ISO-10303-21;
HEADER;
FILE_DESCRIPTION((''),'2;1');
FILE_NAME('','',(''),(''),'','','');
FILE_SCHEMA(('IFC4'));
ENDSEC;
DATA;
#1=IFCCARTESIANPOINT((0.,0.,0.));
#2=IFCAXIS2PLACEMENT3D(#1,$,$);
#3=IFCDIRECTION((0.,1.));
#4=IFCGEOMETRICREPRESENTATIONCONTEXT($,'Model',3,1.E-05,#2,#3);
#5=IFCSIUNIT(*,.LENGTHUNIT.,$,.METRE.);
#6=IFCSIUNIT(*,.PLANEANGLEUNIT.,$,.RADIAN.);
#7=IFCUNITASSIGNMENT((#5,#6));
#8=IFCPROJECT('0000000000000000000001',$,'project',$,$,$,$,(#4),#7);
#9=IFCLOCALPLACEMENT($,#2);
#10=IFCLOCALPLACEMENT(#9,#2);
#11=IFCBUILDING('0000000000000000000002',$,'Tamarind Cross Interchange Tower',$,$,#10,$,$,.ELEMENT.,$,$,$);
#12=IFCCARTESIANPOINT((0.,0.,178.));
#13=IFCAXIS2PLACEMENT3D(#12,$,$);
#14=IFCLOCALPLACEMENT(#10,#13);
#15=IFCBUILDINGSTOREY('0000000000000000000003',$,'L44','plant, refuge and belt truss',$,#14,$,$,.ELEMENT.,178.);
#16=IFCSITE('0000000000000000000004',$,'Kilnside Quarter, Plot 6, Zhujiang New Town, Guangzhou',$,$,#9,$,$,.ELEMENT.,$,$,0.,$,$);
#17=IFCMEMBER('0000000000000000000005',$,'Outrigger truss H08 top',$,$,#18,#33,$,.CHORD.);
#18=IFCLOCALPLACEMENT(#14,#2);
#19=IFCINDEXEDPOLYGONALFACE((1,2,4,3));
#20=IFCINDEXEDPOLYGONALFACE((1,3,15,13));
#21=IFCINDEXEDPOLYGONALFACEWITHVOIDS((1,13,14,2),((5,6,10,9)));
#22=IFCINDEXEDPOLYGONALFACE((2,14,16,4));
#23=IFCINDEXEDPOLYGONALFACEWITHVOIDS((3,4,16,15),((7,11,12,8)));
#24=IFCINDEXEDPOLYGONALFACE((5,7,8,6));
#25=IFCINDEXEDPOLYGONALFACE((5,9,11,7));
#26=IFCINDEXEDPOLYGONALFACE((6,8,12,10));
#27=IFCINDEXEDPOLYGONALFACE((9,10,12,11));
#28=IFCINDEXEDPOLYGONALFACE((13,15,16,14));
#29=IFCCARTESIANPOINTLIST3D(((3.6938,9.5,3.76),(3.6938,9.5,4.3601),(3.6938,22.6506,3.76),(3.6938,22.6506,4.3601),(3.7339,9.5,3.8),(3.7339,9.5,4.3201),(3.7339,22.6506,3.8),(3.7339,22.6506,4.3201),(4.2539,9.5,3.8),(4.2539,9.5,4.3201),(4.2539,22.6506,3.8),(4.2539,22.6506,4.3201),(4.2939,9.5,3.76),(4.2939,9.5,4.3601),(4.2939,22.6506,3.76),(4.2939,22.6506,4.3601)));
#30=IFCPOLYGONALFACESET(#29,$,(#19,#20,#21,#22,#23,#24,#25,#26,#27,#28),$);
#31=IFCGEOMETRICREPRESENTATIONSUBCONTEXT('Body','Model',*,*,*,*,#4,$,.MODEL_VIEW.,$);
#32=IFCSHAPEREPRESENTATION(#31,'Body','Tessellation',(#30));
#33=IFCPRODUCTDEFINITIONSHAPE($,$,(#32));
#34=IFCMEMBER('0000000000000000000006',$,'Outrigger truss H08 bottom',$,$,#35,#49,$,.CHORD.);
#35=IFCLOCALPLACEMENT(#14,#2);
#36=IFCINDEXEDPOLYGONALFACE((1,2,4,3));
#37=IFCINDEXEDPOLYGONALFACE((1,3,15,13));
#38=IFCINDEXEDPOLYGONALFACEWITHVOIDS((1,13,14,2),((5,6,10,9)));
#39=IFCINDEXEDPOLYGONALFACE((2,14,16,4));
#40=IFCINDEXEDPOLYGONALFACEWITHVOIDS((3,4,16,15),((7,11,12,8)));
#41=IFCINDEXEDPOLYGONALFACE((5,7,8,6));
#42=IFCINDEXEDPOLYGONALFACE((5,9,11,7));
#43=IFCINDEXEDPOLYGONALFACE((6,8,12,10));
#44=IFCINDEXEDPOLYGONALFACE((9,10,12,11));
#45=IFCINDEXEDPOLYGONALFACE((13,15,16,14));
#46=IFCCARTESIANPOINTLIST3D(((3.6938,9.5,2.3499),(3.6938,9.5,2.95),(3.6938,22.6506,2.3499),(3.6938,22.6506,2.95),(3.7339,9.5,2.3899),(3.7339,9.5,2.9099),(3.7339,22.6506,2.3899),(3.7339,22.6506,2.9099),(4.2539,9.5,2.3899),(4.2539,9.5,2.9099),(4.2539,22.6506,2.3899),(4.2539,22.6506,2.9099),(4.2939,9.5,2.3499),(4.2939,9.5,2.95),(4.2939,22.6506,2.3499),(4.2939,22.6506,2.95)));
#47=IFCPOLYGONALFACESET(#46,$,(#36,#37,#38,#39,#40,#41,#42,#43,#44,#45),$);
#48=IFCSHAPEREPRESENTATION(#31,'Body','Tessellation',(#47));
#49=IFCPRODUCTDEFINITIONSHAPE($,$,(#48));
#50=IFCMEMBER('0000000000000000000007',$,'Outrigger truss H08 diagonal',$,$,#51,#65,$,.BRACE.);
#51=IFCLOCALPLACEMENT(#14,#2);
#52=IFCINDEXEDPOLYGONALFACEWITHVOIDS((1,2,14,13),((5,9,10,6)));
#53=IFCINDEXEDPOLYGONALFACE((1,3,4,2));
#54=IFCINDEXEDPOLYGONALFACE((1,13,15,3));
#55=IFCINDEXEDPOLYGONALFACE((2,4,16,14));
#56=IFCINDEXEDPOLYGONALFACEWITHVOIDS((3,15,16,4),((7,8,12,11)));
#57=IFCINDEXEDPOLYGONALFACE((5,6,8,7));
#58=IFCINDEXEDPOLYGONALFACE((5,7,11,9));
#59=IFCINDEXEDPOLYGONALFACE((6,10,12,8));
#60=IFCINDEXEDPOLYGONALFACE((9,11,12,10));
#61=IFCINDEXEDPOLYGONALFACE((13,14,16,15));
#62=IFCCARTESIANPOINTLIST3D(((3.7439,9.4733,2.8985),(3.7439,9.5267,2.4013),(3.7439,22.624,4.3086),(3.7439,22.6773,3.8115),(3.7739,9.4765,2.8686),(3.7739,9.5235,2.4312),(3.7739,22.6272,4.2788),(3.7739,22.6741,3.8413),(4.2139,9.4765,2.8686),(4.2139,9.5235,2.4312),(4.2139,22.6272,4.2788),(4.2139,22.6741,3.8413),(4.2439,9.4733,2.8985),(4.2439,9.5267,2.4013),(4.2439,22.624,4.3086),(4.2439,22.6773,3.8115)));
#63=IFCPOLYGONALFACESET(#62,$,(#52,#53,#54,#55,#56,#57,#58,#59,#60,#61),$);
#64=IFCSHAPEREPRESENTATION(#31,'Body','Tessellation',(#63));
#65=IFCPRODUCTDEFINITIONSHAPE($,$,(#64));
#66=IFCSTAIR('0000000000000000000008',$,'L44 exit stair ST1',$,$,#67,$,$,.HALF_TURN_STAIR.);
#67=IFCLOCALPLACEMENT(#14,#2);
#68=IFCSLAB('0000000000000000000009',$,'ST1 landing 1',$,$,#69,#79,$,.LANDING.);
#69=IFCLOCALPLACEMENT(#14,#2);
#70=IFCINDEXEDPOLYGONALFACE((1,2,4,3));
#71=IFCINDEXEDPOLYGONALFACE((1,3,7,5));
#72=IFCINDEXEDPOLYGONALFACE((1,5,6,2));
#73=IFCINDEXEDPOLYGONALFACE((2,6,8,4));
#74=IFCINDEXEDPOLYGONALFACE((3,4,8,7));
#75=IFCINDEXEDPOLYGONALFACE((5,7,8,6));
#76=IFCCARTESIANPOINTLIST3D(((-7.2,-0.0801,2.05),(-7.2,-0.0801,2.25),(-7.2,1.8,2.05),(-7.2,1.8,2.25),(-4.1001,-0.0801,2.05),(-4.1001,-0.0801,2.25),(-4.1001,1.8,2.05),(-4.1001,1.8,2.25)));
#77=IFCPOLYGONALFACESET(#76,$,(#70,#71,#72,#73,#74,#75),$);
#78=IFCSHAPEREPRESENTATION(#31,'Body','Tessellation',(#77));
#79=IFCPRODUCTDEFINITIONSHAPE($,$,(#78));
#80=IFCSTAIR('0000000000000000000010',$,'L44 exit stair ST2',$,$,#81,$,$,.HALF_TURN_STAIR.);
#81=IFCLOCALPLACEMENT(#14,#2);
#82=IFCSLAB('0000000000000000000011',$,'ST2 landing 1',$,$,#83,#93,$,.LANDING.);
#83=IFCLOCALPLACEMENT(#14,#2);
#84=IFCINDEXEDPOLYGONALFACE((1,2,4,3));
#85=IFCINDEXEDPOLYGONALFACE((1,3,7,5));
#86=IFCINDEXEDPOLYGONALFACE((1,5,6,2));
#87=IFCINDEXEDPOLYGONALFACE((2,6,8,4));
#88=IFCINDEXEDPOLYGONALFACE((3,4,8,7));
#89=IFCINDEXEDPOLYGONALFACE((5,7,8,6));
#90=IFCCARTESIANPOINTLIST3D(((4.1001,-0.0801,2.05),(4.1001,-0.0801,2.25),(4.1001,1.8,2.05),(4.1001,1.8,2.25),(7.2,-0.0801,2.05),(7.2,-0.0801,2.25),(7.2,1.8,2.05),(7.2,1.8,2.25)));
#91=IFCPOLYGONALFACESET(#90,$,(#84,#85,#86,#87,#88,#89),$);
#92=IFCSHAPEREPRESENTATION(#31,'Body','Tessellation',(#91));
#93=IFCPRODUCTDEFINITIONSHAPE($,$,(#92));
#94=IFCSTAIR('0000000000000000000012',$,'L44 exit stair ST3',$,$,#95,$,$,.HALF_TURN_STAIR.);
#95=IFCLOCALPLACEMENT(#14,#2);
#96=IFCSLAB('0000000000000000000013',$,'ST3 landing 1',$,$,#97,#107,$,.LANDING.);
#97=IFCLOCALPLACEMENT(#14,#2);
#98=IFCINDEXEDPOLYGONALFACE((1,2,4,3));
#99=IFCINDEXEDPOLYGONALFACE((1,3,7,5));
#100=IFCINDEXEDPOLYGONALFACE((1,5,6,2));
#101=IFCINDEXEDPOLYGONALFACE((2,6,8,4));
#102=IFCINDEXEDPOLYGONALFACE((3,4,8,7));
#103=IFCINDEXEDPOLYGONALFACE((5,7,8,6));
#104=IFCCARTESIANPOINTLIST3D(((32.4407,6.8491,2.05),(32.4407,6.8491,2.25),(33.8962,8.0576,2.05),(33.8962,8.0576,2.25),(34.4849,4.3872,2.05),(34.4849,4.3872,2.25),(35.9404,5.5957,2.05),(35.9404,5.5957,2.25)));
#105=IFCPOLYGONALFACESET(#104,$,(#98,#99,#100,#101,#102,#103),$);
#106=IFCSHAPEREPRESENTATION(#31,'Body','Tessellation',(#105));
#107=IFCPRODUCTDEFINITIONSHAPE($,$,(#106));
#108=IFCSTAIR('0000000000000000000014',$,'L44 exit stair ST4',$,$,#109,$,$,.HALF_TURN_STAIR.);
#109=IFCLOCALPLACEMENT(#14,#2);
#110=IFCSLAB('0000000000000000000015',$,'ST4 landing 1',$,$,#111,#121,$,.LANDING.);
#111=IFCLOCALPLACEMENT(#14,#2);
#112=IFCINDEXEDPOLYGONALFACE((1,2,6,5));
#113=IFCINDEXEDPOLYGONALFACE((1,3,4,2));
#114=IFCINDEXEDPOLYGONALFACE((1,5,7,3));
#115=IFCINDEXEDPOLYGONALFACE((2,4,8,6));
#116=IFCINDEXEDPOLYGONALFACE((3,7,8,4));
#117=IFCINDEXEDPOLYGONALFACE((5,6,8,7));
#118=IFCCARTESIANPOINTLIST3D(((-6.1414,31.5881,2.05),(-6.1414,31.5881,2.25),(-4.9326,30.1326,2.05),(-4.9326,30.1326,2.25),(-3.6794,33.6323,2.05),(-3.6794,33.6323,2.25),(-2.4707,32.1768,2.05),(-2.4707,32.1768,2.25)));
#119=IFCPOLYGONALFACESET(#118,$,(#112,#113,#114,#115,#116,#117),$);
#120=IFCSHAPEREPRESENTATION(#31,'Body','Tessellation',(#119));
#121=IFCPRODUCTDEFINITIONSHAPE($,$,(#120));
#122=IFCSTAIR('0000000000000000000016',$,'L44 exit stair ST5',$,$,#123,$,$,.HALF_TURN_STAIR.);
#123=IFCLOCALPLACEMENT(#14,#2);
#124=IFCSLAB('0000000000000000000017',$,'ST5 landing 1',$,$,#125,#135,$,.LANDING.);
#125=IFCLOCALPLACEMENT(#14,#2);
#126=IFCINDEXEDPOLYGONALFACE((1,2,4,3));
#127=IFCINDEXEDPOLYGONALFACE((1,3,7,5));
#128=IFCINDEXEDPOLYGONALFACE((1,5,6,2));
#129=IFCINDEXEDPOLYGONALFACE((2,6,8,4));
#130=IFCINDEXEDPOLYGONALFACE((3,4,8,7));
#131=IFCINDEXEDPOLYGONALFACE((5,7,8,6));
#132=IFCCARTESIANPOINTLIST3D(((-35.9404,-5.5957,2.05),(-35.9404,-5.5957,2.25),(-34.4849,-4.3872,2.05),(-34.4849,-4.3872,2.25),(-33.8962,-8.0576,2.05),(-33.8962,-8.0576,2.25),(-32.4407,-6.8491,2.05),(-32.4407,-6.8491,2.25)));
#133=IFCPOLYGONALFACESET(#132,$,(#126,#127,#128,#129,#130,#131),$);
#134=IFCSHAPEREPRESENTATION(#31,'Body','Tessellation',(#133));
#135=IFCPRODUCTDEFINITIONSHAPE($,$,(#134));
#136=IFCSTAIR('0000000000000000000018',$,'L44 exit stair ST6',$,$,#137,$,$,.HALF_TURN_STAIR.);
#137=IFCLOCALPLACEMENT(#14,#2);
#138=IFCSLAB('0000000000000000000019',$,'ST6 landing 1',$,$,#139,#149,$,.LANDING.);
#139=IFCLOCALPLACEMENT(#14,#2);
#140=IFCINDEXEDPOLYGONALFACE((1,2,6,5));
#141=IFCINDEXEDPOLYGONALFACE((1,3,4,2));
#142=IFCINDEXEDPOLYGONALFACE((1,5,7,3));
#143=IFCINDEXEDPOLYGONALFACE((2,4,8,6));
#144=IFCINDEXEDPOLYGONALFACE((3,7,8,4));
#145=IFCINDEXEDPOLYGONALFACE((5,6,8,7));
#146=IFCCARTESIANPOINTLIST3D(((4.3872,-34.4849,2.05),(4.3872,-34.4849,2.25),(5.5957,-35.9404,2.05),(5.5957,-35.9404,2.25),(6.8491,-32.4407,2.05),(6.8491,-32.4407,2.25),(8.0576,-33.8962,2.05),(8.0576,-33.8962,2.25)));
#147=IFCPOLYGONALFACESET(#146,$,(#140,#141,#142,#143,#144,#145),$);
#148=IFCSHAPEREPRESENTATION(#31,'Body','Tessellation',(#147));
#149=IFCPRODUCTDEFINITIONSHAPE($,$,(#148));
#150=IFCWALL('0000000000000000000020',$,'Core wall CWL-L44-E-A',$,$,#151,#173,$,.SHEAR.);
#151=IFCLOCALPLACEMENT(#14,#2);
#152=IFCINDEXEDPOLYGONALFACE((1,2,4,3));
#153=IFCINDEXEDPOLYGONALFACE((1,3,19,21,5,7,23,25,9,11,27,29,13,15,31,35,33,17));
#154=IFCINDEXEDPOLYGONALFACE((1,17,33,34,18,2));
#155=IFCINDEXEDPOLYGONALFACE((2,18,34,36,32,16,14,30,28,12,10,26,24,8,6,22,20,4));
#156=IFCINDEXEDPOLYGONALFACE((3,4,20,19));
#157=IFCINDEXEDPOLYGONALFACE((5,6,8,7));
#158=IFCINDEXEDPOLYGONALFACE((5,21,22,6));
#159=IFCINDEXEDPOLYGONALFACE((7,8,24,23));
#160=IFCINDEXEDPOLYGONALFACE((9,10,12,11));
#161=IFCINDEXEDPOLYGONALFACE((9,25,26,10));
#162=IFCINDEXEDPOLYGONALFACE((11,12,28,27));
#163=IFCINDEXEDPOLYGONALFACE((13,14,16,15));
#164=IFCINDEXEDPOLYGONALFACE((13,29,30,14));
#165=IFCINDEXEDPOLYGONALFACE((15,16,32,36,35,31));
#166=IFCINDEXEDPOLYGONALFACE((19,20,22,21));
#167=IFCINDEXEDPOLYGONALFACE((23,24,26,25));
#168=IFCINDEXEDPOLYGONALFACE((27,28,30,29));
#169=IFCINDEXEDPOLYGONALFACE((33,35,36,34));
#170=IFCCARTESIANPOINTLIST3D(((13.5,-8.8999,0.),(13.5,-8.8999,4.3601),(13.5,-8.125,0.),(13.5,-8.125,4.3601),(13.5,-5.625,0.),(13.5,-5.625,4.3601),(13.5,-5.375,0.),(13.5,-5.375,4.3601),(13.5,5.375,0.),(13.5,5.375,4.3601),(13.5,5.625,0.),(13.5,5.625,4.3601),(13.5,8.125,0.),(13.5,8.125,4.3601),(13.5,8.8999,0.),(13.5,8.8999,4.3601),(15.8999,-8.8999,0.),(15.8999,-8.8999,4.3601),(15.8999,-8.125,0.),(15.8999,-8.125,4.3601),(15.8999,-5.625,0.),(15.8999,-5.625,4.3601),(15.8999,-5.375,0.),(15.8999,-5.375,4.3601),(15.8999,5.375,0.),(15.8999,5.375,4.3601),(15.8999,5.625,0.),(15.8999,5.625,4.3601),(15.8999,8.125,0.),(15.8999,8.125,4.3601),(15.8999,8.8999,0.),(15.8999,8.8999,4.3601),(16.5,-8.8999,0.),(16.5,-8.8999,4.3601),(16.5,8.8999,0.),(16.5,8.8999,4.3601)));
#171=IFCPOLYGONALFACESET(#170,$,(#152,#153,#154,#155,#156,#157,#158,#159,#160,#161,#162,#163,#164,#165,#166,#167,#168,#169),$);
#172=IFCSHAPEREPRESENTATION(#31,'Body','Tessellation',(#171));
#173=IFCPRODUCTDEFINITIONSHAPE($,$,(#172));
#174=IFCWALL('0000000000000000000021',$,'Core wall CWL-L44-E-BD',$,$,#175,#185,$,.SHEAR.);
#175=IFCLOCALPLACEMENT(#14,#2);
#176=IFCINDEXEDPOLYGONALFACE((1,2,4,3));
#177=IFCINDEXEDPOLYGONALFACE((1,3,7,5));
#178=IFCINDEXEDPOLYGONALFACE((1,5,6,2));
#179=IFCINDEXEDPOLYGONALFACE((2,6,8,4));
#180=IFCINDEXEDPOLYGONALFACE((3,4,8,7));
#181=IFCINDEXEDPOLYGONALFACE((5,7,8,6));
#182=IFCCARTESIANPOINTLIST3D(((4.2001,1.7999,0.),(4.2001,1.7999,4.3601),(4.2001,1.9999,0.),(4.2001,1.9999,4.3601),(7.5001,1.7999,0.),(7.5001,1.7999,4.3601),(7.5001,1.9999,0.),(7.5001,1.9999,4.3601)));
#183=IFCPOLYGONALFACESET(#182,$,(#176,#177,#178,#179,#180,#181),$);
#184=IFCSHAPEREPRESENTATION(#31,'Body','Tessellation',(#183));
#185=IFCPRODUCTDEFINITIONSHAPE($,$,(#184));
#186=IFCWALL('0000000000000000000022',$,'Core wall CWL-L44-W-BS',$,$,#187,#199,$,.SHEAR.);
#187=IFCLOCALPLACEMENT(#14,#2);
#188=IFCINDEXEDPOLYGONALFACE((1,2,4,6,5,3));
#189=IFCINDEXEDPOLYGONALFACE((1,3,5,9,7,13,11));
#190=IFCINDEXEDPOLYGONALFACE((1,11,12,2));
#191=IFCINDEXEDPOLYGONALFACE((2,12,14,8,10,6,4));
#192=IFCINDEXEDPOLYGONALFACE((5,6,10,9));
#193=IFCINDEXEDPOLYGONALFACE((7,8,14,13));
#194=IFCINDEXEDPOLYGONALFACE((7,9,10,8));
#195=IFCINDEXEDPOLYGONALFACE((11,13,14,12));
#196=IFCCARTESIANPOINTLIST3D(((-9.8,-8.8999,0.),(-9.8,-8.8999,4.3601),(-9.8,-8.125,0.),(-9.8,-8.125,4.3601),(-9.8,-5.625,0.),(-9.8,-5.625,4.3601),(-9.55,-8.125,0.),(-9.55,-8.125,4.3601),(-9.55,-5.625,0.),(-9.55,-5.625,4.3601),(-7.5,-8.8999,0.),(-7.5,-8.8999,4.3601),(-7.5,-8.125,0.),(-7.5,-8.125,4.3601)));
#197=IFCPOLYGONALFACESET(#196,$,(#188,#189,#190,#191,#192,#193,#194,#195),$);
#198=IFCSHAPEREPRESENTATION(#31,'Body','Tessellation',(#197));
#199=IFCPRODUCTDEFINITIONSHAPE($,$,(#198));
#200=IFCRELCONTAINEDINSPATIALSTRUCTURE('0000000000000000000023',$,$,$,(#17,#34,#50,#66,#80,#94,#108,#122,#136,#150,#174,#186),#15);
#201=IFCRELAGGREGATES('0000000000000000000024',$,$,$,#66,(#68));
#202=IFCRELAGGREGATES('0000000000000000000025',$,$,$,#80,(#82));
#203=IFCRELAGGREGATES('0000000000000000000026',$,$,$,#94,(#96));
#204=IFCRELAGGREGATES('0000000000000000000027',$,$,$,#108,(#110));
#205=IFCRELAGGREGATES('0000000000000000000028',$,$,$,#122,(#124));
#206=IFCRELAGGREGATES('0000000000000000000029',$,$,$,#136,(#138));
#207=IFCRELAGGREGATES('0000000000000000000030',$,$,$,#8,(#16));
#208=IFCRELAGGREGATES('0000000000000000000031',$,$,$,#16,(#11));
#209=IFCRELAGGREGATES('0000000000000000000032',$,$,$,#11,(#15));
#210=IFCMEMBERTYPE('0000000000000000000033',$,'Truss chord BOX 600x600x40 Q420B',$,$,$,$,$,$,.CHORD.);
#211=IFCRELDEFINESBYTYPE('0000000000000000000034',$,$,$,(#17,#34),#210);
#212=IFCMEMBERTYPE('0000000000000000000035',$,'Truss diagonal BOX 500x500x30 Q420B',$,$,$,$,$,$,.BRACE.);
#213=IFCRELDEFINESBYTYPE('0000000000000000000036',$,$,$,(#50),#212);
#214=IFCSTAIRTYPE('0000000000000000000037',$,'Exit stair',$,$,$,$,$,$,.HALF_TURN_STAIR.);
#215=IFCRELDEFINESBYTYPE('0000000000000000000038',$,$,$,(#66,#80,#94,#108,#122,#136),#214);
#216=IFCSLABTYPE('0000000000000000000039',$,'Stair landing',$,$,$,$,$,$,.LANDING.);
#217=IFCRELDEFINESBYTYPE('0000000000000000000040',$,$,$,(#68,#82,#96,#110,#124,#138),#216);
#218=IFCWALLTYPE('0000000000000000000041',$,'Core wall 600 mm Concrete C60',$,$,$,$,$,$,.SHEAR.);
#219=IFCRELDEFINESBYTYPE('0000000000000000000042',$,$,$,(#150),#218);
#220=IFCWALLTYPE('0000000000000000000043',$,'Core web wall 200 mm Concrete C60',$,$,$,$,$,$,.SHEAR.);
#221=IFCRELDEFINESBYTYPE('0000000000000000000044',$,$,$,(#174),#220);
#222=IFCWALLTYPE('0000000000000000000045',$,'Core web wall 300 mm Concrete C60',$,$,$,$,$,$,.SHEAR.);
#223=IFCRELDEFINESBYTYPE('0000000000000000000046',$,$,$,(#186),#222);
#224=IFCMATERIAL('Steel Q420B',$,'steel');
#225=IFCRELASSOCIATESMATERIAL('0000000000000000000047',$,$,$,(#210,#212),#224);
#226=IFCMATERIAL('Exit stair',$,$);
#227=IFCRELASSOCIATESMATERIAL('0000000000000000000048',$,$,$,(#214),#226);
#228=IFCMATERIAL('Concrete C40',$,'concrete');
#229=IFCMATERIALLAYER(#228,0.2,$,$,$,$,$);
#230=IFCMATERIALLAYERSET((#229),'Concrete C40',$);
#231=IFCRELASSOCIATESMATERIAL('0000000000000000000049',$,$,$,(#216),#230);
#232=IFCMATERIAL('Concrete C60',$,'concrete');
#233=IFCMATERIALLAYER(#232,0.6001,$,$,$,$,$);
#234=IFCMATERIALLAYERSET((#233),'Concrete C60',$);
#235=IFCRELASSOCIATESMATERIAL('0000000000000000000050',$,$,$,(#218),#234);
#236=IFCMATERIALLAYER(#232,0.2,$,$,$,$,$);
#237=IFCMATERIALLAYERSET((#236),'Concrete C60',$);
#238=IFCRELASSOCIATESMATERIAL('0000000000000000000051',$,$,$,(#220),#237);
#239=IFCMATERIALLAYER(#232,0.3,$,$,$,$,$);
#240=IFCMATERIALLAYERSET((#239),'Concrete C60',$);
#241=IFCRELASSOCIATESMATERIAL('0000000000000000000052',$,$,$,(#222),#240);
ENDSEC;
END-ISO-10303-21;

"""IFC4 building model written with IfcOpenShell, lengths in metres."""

from ifc_helpers import new_model, si_unit, direction, frame, frame_2d, origin, origin_2d, place, context, subcontext, project, spatial, polyline, rectangle, hollow_rectangle, outline, extrude, material, layer, layer_set, material_profile, profile_set, type_object, element, aggregate, save


model = new_model("IFC4")

# Units and contexts
model_context = context("Model", 3, precision=1e-05, world=origin(), true_north=direction((0.0, 1.0)))
body_context = subcontext(model_context, "Body", "Model", "MODEL_VIEW")
ifc_project = project(units=[si_unit("LENGTHUNIT", "METRE"), si_unit("PLANEANGLEUNIT", "RADIAN")], contexts=[model_context])

# Site, building, storey
site_placement = place(None, origin())
site = spatial("IfcSite", under=ifc_project, at=site_placement, Name="Kilnside Quarter, Plot 6, Zhujiang New Town, Guangzhou", CompositionType="ELEMENT", RefElevation=0.0)
building_placement = place(site_placement, origin())
building = spatial("IfcBuilding", under=site, at=building_placement, Name="Tamarind Cross Interchange Tower", CompositionType="ELEMENT")
storey_placement = place(building_placement, frame((0.0, 0.0, 178.0)))
storey = spatial("IfcBuildingStorey", under=building, at=storey_placement, Name="L44", Description="plant, refuge and belt truss", CompositionType="ELEMENT", Elevation=178.0)

# Members
ifc_material_1 = material(Name="Steel Q420B", Category="steel")
ifc_material_profile_1 = material_profile(ifc_material_1, hollow_rectangle(XDim=0.6001, YDim=0.6001, WallThickness=0.04, at=origin_2d()), Name="BOX 600x600x40")
ifc_profile_set_1 = profile_set([ifc_material_profile_1], Name="Steel Q420B")
member_type_1 = type_object("IfcMemberType", Name="Truss chord BOX 600x600x40 Q420B", PredefinedType="CHORD", material=ifc_profile_set_1)
for number, where, z_axis, x_axis, name in (
    (1, (3.9939, 9.5, 4.0601), (0.0, 1.0, 0.0), (-1.0, 0.0, 0.0), "Outrigger truss H08 top"),
    (2, (3.9939, 9.5, 2.6499), (0.0, 1.0, 0.0), (-1.0, 0.0, 0.0), "Outrigger truss H08 bottom"),
):
    element("IfcMember", number, at=place(storey_placement, frame(where, z_axis=z_axis, x_axis=x_axis)), inside=storey, type_object=member_type_1, Name=name, PredefinedType="CHORD", context=body_context, shape_type="SweptSolid", body=[
        extrude(hollow_rectangle(XDim=0.6001, YDim=0.6001, WallThickness=0.04, at=origin_2d()), origin(), (0.0, 0.0, 1.0), 13.1506),
    ])
ifc_material_profile_2 = material_profile(ifc_material_1, hollow_rectangle(XDim=0.5, YDim=0.5, WallThickness=0.03, at=origin_2d()), Name="BOX 500x500x30")
ifc_profile_set_2 = profile_set([ifc_material_profile_2], Name="Steel Q420B")
member_type_2 = type_object("IfcMemberType", Name="Truss diagonal BOX 500x500x30 Q420B", PredefinedType="BRACE", material=ifc_profile_set_2)
member_placement = place(storey_placement, frame((3.9939, 9.5, 2.6499), z_axis=(0.0, 0.9943, 0.10662), x_axis=(-1.0, 0.0, 0.0)))
element("IfcMember", 3, at=member_placement, inside=storey, type_object=member_type_2, Name="Outrigger truss H08 diagonal", PredefinedType="BRACE", context=body_context, shape_type="SweptSolid", body=[
    extrude(hollow_rectangle(XDim=0.5, YDim=0.5, WallThickness=0.03, at=origin_2d()), origin(), (0.0, 0.0, 1.0), 13.2261),
])

# Stairs, slabs
ifc_material_2 = material(Name="Exit stair")
stair_type = type_object("IfcStairType", Name="Exit stair", PredefinedType="HALF_TURN_STAIR", material=ifc_material_2)
stair_1_placement = place(storey_placement, origin())
stair_1 = element("IfcStair", 4, at=stair_1_placement, inside=storey, type_object=stair_type, Name="L44 exit stair ST1", PredefinedType="HALF_TURN_STAIR")
ifc_material_3 = material(Name="Concrete C40", Category="concrete")
ifc_layer_1 = layer(ifc_material_3, 0.2)
ifc_layer_set_1 = layer_set([ifc_layer_1], Name="Concrete C40")
slab_type = type_object("IfcSlabType", Name="Stair landing", PredefinedType="LANDING", material=ifc_layer_set_1)
slab_1_placement = place(storey_placement, frame((0.0, 0.0, 2.05)))
slab_1 = element("IfcSlab", 5, at=slab_1_placement, type_object=slab_type, Name="ST1 landing 1", PredefinedType="LANDING", context=body_context, shape_type="SweptSolid", body=[
    extrude(outline(polyline([(-4.1001, -0.0801), (-4.1001, 1.8), (-7.2, 1.8), (-7.2, -0.0801), (-4.1001, -0.0801)])), origin(), (0.0, 0.0, 1.0), 0.2),
])
aggregate(stair_1, [slab_1])
stair_2_placement = place(storey_placement, origin())
stair_2 = element("IfcStair", 6, at=stair_2_placement, inside=storey, type_object=stair_type, Name="L44 exit stair ST2", PredefinedType="HALF_TURN_STAIR")
slab_2_placement = place(storey_placement, frame((0.0, 0.0, 2.05)))
slab_2 = element("IfcSlab", 7, at=slab_2_placement, type_object=slab_type, Name="ST2 landing 1", PredefinedType="LANDING", context=body_context, shape_type="SweptSolid", body=[
    extrude(outline(polyline([(7.2, -0.0801), (7.2, 1.8), (4.1001, 1.8), (4.1001, -0.0801), (7.2, -0.0801)])), origin(), (0.0, 0.0, 1.0), 0.2),
])
aggregate(stair_2, [slab_2])
stair_3_placement = place(storey_placement, origin())
stair_3 = element("IfcStair", 8, at=stair_3_placement, inside=storey, type_object=stair_type, Name="L44 exit stair ST3", PredefinedType="HALF_TURN_STAIR")
slab_3_placement = place(storey_placement, frame((0.0, 0.0, 2.05)))
slab_3 = element("IfcSlab", 9, at=slab_3_placement, type_object=slab_type, Name="ST3 landing 1", PredefinedType="LANDING", context=body_context, shape_type="SweptSolid", body=[
    extrude(outline(polyline([(34.4849, 4.3872), (35.9404, 5.5957), (33.8962, 8.0576), (32.4407, 6.8491), (34.4849, 4.3872)])), origin(), (0.0, 0.0, 1.0), 0.2),
])
aggregate(stair_3, [slab_3])
stair_4_placement = place(storey_placement, origin())
stair_4 = element("IfcStair", 10, at=stair_4_placement, inside=storey, type_object=stair_type, Name="L44 exit stair ST4", PredefinedType="HALF_TURN_STAIR")
slab_4_placement = place(storey_placement, frame((0.0, 0.0, 2.05)))
slab_4 = element("IfcSlab", 11, at=slab_4_placement, type_object=slab_type, Name="ST4 landing 1", PredefinedType="LANDING", context=body_context, shape_type="SweptSolid", body=[
    extrude(outline(polyline([(-2.4707, 32.1768), (-3.6794, 33.6323), (-6.1414, 31.5881), (-4.9326, 30.1326), (-2.4707, 32.1768)])), origin(), (0.0, 0.0, 1.0), 0.2),
])
aggregate(stair_4, [slab_4])
stair_5_placement = place(storey_placement, origin())
stair_5 = element("IfcStair", 12, at=stair_5_placement, inside=storey, type_object=stair_type, Name="L44 exit stair ST5", PredefinedType="HALF_TURN_STAIR")
slab_5_placement = place(storey_placement, frame((0.0, 0.0, 2.05)))
slab_5 = element("IfcSlab", 13, at=slab_5_placement, type_object=slab_type, Name="ST5 landing 1", PredefinedType="LANDING", context=body_context, shape_type="SweptSolid", body=[
    extrude(outline(polyline([(-34.4849, -4.3872), (-35.9404, -5.5957), (-33.8962, -8.0576), (-32.4407, -6.8491), (-34.4849, -4.3872)])), origin(), (0.0, 0.0, 1.0), 0.2),
])
aggregate(stair_5, [slab_5])
stair_6_placement = place(storey_placement, origin())
stair_6 = element("IfcStair", 14, at=stair_6_placement, inside=storey, type_object=stair_type, Name="L44 exit stair ST6", PredefinedType="HALF_TURN_STAIR")
slab_6_placement = place(storey_placement, frame((0.0, 0.0, 2.05)))
slab_6 = element("IfcSlab", 15, at=slab_6_placement, type_object=slab_type, Name="ST6 landing 1", PredefinedType="LANDING", context=body_context, shape_type="SweptSolid", body=[
    extrude(outline(polyline([(4.3872, -34.4849), (5.5957, -35.9404), (8.0576, -33.8962), (6.8491, -32.4407), (4.3872, -34.4849)])), origin(), (0.0, 0.0, 1.0), 0.2),
])
aggregate(stair_6, [slab_6])

# Walls
ifc_material_4 = material(Name="Concrete C60", Category="concrete")
ifc_layer_2 = layer(ifc_material_4, 0.6001)
ifc_layer_set_2 = layer_set([ifc_layer_2], Name="Concrete C60")
wall_type_1 = type_object("IfcWallType", Name="Core wall 600 mm Concrete C60", PredefinedType="SHEAR", material=ifc_layer_set_2)
wall_1_placement = place(storey_placement, origin())
element("IfcWall", 16, at=wall_1_placement, inside=storey, type_object=wall_type_1, Name="Core wall CWL-L44-E-A", PredefinedType="SHEAR", context=body_context, shape_type="SweptSolid", body=[
    extrude(outline(polyline([(13.5, -8.125), (13.5, -8.8999), (15.8999, -8.8999), (16.5, -8.8999), (16.5, 8.8999), (15.8999, 8.8999), (13.5, 8.8999), (13.5, 8.125), (15.8999, 8.125), (15.8999, 5.625), (13.5, 5.625), (13.5, 5.375), (15.8999, 5.375), (15.8999, -5.375), (13.5, -5.375), (13.5, -5.625), (15.8999, -5.625), (15.8999, -8.125), (13.5, -8.125)])), origin(), (0.0, 0.0, 1.0), 4.3601),
])
ifc_layer_3 = layer(ifc_material_4, 0.2)
ifc_layer_set_3 = layer_set([ifc_layer_3], Name="Concrete C60")
wall_type_2 = type_object("IfcWallType", Name="Core web wall 200 mm Concrete C60", PredefinedType="SHEAR", material=ifc_layer_set_3)
wall_2_placement = place(storey_placement, frame((7.5, 1.8999, 0.0), z_axis=(0.0, 0.0, 1.0), x_axis=(-1.0, 0.0, 0.0)))
element("IfcWall", 17, at=wall_2_placement, inside=storey, type_object=wall_type_2, Name="Core wall CWL-L44-E-BD", PredefinedType="SHEAR", context=body_context, shape_type="SweptSolid", body=[
    extrude(rectangle(XDim=3.3, YDim=0.2, at=frame_2d((1.6499, 0.0))), origin(), (0.0, 0.0, 1.0), 4.3601),
])
ifc_layer_4 = layer(ifc_material_4, 0.3)
ifc_layer_set_4 = layer_set([ifc_layer_4], Name="Concrete C60")
wall_type_3 = type_object("IfcWallType", Name="Core web wall 300 mm Concrete C60", PredefinedType="SHEAR", material=ifc_layer_set_4)
wall_3_placement = place(storey_placement, origin())
element("IfcWall", 18, at=wall_3_placement, inside=storey, type_object=wall_type_3, Name="Core wall CWL-L44-W-BS", PredefinedType="SHEAR", context=body_context, shape_type="SweptSolid", body=[
    extrude(outline(polyline([(-7.5, -8.125), (-9.55, -8.125), (-9.55, -5.625), (-9.8, -5.625), (-9.8, -8.125), (-9.8, -8.8999), (-7.5, -8.8999), (-7.5, -8.125)])), origin(), (0.0, 0.0, 1.0), 4.3601),
])

save(model, "model.ifc")
